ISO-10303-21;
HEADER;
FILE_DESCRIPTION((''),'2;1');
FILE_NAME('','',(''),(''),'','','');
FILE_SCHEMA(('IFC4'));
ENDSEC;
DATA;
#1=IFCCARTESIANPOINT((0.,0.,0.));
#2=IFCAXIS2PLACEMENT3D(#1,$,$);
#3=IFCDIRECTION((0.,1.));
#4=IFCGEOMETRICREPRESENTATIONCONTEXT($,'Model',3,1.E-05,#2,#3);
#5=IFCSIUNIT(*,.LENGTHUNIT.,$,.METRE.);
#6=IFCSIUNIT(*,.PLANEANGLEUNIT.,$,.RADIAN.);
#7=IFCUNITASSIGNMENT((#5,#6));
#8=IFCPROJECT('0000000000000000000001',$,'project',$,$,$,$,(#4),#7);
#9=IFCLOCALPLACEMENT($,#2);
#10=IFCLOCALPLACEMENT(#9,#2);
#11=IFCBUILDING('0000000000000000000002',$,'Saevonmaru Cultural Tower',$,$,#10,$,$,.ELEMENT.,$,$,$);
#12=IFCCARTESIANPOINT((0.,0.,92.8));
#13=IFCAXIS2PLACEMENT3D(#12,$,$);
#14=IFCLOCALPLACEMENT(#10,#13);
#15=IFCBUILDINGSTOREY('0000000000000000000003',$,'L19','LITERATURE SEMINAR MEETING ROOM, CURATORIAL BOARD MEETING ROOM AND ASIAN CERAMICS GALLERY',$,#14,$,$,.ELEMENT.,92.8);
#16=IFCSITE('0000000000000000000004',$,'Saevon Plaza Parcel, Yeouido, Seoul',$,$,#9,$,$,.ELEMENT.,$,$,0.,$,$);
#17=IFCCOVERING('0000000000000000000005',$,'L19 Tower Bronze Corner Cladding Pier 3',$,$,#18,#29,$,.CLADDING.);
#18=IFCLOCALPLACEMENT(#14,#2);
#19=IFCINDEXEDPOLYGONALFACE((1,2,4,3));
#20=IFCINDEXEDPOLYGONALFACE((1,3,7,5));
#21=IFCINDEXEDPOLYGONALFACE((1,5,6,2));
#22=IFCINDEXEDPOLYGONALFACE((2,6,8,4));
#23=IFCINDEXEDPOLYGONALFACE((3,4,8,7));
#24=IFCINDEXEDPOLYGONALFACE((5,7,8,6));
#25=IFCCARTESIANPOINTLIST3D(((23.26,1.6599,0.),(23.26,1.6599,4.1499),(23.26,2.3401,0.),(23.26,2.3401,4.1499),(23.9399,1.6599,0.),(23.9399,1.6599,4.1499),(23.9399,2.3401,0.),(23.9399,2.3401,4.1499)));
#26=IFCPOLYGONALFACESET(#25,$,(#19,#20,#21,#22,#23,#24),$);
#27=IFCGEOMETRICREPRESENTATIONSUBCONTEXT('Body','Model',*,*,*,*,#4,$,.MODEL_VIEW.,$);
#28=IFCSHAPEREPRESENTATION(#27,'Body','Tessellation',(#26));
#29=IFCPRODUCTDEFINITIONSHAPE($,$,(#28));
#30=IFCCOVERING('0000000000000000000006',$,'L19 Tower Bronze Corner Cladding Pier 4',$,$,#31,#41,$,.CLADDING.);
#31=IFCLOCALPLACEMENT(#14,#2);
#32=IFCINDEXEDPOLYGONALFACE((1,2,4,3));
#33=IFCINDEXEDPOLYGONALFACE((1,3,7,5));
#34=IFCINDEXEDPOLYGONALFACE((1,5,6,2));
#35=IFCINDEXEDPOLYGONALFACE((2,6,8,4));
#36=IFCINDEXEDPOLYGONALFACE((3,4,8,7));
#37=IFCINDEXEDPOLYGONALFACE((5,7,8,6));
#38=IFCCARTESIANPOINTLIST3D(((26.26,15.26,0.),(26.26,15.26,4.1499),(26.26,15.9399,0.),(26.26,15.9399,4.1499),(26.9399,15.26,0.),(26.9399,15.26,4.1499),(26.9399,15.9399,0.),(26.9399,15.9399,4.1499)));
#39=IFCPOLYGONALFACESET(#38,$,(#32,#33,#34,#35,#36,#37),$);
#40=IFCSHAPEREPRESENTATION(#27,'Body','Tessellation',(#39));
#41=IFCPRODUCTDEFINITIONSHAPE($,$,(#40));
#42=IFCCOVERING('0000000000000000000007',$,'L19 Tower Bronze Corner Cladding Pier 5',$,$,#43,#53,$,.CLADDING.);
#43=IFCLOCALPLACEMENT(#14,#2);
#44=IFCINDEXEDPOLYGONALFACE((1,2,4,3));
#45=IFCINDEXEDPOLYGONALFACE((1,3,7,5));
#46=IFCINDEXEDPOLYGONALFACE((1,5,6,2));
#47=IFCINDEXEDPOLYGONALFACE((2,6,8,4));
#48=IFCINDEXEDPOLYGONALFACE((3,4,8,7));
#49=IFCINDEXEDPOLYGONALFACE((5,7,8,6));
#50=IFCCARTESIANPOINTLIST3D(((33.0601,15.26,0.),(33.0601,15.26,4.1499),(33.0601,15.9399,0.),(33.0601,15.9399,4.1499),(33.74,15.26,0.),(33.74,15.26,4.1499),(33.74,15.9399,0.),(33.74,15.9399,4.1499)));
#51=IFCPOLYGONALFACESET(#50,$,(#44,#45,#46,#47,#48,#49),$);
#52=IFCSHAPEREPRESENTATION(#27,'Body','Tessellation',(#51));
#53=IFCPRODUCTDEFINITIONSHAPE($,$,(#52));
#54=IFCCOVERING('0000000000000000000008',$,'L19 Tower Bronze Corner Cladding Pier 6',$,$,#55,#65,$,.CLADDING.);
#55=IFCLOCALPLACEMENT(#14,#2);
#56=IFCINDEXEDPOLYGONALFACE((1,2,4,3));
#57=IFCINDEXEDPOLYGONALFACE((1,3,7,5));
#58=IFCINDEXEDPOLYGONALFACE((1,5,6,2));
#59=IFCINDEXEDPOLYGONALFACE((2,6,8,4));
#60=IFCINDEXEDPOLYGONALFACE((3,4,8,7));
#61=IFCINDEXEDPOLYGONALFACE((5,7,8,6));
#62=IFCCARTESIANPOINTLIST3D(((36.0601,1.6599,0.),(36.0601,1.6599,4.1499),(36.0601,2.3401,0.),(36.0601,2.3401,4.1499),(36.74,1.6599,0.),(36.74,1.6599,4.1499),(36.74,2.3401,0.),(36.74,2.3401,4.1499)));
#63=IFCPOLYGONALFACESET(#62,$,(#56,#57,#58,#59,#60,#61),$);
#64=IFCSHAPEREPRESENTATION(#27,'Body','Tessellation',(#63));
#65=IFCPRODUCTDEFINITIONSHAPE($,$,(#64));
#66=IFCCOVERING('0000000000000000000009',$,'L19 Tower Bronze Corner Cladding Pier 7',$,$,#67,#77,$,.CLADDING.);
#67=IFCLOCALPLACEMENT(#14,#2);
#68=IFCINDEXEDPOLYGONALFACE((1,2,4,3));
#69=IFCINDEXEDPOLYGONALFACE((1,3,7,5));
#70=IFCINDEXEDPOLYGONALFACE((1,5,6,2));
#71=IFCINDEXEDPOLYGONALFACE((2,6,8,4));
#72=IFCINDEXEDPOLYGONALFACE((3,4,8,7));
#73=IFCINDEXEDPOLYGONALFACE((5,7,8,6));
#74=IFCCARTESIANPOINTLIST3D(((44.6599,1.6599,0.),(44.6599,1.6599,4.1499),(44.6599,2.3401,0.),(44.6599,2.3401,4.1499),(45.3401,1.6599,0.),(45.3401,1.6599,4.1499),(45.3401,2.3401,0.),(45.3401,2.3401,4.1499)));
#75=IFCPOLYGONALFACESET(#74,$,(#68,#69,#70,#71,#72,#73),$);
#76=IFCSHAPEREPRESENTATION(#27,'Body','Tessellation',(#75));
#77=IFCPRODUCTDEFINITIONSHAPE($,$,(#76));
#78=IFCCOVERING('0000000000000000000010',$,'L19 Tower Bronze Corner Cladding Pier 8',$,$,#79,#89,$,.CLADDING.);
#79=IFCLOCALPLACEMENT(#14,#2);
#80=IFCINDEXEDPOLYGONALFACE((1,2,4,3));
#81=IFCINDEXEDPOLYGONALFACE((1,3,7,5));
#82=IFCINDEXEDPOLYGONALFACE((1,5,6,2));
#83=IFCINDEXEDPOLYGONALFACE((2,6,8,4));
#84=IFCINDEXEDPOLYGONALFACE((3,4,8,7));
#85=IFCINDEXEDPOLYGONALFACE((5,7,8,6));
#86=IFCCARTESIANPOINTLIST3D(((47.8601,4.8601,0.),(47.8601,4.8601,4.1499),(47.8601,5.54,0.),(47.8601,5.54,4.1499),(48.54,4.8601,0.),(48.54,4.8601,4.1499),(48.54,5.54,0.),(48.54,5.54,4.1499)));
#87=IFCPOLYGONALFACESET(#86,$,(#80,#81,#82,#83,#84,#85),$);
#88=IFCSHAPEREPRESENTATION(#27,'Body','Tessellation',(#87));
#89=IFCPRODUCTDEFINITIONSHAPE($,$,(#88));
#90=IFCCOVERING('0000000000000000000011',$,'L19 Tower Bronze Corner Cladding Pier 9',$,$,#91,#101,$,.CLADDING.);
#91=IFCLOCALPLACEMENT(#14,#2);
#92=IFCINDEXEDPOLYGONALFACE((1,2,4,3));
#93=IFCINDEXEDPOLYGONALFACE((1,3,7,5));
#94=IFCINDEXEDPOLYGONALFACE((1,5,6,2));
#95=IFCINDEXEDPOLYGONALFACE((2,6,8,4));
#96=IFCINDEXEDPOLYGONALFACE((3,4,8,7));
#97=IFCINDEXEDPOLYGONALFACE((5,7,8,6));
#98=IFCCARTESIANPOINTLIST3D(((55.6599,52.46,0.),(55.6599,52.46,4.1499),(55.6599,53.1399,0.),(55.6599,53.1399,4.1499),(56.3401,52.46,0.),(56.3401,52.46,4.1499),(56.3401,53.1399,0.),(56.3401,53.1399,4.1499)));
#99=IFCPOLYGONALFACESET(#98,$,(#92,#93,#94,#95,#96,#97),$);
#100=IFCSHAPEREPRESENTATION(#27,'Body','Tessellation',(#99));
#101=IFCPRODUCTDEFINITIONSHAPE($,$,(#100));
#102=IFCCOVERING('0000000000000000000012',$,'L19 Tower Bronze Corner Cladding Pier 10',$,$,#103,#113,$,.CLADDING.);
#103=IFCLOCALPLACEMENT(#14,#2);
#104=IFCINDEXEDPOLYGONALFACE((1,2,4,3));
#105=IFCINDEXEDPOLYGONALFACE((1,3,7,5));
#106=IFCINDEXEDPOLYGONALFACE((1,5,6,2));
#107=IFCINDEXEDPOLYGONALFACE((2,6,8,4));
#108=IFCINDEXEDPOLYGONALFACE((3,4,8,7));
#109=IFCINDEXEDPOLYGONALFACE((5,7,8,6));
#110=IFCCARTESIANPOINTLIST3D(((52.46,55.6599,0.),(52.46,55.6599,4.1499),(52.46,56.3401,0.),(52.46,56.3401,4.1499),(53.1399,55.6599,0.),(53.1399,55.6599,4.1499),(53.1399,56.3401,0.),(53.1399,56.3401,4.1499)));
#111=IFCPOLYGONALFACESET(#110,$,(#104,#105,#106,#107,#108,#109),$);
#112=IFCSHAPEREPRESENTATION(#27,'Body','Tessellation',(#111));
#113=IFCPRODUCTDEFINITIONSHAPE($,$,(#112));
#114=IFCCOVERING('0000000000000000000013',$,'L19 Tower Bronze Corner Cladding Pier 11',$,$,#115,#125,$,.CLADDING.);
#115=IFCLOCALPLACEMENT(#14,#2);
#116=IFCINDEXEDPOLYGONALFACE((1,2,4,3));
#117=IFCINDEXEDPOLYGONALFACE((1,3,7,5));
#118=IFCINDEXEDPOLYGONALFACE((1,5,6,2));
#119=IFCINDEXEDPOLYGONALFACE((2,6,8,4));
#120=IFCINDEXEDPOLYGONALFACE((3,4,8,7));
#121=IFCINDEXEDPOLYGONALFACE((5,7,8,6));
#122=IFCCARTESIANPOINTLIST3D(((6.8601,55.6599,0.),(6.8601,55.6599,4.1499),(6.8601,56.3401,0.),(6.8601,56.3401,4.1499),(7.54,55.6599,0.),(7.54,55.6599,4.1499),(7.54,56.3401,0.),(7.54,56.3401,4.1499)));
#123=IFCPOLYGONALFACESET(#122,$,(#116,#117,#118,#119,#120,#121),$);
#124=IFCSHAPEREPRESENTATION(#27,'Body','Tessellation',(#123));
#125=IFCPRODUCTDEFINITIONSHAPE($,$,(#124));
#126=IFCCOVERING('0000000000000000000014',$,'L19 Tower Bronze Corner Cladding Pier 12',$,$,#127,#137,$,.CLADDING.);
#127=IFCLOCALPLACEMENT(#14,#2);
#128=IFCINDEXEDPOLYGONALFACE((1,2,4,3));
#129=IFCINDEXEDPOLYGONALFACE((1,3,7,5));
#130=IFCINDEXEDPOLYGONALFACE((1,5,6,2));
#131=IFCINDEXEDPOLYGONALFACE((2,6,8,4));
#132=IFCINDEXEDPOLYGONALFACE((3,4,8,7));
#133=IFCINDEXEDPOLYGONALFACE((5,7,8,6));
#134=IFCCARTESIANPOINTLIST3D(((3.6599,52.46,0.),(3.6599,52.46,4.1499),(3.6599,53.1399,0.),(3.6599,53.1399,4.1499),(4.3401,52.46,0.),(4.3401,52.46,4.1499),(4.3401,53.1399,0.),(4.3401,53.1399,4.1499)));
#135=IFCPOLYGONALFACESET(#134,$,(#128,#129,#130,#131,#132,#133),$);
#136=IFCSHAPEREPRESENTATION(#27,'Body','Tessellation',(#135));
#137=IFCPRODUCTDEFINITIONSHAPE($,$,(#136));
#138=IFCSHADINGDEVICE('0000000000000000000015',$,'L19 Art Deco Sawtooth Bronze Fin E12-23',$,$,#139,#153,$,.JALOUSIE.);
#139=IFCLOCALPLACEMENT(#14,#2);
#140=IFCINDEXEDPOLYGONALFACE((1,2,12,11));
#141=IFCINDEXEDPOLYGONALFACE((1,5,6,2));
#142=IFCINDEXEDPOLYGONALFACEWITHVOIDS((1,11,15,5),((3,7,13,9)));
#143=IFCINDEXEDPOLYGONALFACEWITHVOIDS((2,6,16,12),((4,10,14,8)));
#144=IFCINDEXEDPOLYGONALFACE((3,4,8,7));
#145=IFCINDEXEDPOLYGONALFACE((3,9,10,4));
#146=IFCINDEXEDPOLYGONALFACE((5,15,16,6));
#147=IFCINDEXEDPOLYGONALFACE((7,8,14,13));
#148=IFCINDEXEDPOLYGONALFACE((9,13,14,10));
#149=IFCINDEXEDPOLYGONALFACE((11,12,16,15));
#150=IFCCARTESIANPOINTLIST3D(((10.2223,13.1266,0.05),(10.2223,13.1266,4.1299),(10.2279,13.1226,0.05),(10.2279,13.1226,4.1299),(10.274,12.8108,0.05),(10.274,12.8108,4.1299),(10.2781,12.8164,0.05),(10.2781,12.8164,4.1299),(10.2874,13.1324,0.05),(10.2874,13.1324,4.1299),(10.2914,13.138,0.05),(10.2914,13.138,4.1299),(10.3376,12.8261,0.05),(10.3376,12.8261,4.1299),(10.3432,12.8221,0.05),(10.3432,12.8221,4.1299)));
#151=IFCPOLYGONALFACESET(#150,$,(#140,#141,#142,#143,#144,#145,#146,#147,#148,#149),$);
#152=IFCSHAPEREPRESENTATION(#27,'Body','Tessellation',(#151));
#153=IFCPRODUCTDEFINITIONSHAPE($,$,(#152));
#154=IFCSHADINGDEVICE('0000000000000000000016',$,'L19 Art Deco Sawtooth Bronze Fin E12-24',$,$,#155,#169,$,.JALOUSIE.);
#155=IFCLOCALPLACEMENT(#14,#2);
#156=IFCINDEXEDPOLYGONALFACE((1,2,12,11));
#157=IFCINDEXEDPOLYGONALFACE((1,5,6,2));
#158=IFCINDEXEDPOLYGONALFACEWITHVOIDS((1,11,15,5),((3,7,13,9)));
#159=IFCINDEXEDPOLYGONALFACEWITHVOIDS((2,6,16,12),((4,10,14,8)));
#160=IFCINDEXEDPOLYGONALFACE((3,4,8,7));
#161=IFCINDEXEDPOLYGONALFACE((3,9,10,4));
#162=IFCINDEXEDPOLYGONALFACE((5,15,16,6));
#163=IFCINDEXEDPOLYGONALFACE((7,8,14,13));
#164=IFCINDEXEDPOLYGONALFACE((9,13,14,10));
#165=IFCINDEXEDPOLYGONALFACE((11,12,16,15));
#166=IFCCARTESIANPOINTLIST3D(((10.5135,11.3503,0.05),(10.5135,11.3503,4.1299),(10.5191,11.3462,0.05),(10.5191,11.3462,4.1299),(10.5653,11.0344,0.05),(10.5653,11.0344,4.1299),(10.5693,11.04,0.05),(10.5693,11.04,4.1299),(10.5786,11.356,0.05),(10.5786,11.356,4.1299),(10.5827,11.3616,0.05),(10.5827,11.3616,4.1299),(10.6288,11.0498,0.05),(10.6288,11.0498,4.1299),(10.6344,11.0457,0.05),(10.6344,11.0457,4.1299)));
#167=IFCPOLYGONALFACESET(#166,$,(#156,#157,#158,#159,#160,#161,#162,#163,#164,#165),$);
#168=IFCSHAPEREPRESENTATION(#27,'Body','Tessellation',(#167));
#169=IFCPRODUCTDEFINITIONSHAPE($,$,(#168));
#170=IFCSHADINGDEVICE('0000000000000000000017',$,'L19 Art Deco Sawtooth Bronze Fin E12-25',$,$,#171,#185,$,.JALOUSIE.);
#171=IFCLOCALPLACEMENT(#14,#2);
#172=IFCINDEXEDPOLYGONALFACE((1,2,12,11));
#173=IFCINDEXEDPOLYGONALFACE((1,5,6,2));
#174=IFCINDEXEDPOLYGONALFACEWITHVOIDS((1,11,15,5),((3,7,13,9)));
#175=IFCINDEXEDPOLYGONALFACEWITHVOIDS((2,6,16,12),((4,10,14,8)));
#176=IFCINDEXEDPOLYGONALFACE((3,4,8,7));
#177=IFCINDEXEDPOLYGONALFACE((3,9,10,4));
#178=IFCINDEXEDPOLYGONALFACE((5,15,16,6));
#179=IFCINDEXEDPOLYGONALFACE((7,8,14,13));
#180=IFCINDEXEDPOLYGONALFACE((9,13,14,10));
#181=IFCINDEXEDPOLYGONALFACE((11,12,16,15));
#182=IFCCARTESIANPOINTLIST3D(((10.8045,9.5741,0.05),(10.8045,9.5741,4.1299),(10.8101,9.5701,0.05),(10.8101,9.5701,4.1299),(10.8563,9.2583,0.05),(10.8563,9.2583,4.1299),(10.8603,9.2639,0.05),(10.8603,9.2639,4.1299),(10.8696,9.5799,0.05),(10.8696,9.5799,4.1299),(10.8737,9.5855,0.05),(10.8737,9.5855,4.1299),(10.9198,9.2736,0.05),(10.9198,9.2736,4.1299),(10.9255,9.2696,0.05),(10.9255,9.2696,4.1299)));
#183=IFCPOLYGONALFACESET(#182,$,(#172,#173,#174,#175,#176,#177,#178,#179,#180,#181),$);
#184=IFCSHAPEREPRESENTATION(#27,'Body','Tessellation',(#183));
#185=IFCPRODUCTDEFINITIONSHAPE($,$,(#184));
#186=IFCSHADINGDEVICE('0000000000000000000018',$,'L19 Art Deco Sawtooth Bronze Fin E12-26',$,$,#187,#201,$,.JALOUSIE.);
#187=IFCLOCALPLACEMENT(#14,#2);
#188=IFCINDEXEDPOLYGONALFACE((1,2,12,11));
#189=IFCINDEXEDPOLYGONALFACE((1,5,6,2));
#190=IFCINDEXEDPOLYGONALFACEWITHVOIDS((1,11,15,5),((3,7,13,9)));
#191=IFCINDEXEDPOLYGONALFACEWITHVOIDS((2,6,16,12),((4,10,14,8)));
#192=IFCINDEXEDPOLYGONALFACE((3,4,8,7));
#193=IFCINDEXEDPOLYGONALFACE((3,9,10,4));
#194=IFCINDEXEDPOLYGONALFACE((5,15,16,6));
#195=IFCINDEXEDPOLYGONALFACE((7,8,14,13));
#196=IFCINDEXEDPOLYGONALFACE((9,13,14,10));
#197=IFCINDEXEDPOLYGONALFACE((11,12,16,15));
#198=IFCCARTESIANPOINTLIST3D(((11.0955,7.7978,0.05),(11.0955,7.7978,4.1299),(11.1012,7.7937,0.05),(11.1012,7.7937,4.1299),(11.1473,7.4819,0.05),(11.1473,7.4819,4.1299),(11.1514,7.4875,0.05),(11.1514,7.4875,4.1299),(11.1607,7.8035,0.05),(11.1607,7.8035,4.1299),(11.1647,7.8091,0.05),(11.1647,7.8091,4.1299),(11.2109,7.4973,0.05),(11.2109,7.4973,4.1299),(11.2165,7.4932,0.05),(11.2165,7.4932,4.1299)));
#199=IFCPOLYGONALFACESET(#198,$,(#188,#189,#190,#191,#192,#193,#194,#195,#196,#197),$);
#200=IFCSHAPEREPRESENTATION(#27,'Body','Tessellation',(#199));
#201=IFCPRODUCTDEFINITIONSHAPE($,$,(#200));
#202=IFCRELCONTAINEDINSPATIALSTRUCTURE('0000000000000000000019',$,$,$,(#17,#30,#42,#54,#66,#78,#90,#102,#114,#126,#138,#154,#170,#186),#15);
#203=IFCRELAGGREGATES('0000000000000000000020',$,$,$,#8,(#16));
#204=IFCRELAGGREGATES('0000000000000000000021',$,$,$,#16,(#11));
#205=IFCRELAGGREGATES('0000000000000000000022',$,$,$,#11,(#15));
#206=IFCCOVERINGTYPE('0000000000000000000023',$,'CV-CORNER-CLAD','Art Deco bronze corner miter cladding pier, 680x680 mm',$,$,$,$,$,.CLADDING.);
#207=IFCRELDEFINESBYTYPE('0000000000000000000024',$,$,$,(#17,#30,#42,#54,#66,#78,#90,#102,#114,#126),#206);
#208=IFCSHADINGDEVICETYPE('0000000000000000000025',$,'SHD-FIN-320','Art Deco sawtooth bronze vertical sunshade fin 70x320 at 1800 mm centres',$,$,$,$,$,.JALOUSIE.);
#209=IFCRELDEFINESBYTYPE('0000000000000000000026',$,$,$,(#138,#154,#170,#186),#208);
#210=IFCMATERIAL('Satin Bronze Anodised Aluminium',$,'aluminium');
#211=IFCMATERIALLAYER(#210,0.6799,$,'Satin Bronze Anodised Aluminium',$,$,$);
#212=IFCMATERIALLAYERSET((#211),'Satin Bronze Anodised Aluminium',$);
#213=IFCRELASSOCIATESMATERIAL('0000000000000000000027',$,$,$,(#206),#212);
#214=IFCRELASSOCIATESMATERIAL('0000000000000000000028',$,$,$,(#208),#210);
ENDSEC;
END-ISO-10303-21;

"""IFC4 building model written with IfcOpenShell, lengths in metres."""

from ifc_helpers import new_model, si_unit, direction, frame, origin, origin_2d, place, context, subcontext, project, spatial, polyline, hollow_rectangle, outline, extrude, material, layer, layer_set, material_profile, profile_set, type_object, element, save


model = new_model("IFC4")

# Units and contexts
model_context = context("Model", 3, precision=1e-05, world=origin(), true_north=direction((0.0, 1.0)))
body_context = subcontext(model_context, "Body", "Model", "MODEL_VIEW")
ifc_project = project(units=[si_unit("LENGTHUNIT", "METRE"), si_unit("PLANEANGLEUNIT", "RADIAN")], contexts=[model_context])

# Site, building, storey
site_placement = place(None, origin())
site = spatial("IfcSite", under=ifc_project, at=site_placement, Name="Saevon Plaza Parcel, Yeouido, Seoul", CompositionType="ELEMENT", RefElevation=0.0)
building_placement = place(site_placement, origin())
building = spatial("IfcBuilding", under=site, at=building_placement, Name="Saevonmaru Cultural Tower", CompositionType="ELEMENT")
storey_placement = place(building_placement, frame((0.0, 0.0, 92.8)))
storey = spatial("IfcBuildingStorey", under=building, at=storey_placement, Name="L19", Description="LITERATURE SEMINAR MEETING ROOM, CURATORIAL BOARD MEETING ROOM AND ASIAN CERAMICS GALLERY", CompositionType="ELEMENT", Elevation=92.8)

# Shared definitions
ifc_material_1 = material(Name="Satin Bronze Anodised Aluminium", Category="aluminium")

# Coverings
ifc_layer_1 = layer(ifc_material_1, 0.6799, Name="Satin Bronze Anodised Aluminium")
ifc_layer_set_1 = layer_set([ifc_layer_1], Name="Satin Bronze Anodised Aluminium")
covering_type = type_object("IfcCoveringType", Name="CV-CORNER-CLAD", Description="Art Deco bronze corner miter cladding pier, 680x680 mm", PredefinedType="CLADDING", material=ifc_layer_set_1)
covering_1_placement = place(storey_placement, origin())
element("IfcCovering", 1, at=covering_1_placement, inside=storey, type_object=covering_type, Name="L19 Tower Bronze Corner Cladding Pier 3", PredefinedType="CLADDING", context=body_context, shape_type="SweptSolid", body=[
    extrude(outline(polyline([(23.26, 1.6599), (23.9399, 1.6599), (23.9399, 2.3401), (23.26, 2.3401), (23.26, 1.6599)])), origin(), (0.0, 0.0, 1.0), 4.1499),
])
covering_2_placement = place(storey_placement, origin())
element("IfcCovering", 2, at=covering_2_placement, inside=storey, type_object=covering_type, Name="L19 Tower Bronze Corner Cladding Pier 4", PredefinedType="CLADDING", context=body_context, shape_type="SweptSolid", body=[
    extrude(outline(polyline([(26.26, 15.26), (26.9399, 15.26), (26.9399, 15.9399), (26.26, 15.9399), (26.26, 15.26)])), origin(), (0.0, 0.0, 1.0), 4.1499),
])
covering_3_placement = place(storey_placement, origin())
element("IfcCovering", 3, at=covering_3_placement, inside=storey, type_object=covering_type, Name="L19 Tower Bronze Corner Cladding Pier 5", PredefinedType="CLADDING", context=body_context, shape_type="SweptSolid", body=[
    extrude(outline(polyline([(33.0601, 15.26), (33.74, 15.26), (33.74, 15.9399), (33.0601, 15.9399), (33.0601, 15.26)])), origin(), (0.0, 0.0, 1.0), 4.1499),
])
covering_4_placement = place(storey_placement, origin())
element("IfcCovering", 4, at=covering_4_placement, inside=storey, type_object=covering_type, Name="L19 Tower Bronze Corner Cladding Pier 6", PredefinedType="CLADDING", context=body_context, shape_type="SweptSolid", body=[
    extrude(outline(polyline([(36.0601, 1.6599), (36.74, 1.6599), (36.74, 2.3401), (36.0601, 2.3401), (36.0601, 1.6599)])), origin(), (0.0, 0.0, 1.0), 4.1499),
])
covering_5_placement = place(storey_placement, origin())
element("IfcCovering", 5, at=covering_5_placement, inside=storey, type_object=covering_type, Name="L19 Tower Bronze Corner Cladding Pier 7", PredefinedType="CLADDING", context=body_context, shape_type="SweptSolid", body=[
    extrude(outline(polyline([(44.6599, 1.6599), (45.3401, 1.6599), (45.3401, 2.3401), (44.6599, 2.3401), (44.6599, 1.6599)])), origin(), (0.0, 0.0, 1.0), 4.1499),
])
covering_6_placement = place(storey_placement, origin())
element("IfcCovering", 6, at=covering_6_placement, inside=storey, type_object=covering_type, Name="L19 Tower Bronze Corner Cladding Pier 8", PredefinedType="CLADDING", context=body_context, shape_type="SweptSolid", body=[
    extrude(outline(polyline([(47.8601, 4.8601), (48.54, 4.8601), (48.54, 5.54), (47.8601, 5.54), (47.8601, 4.8601)])), origin(), (0.0, 0.0, 1.0), 4.1499),
])
covering_7_placement = place(storey_placement, origin())
element("IfcCovering", 7, at=covering_7_placement, inside=storey, type_object=covering_type, Name="L19 Tower Bronze Corner Cladding Pier 9", PredefinedType="CLADDING", context=body_context, shape_type="SweptSolid", body=[
    extrude(outline(polyline([(55.6599, 52.46), (56.3401, 52.46), (56.3401, 53.1399), (55.6599, 53.1399), (55.6599, 52.46)])), origin(), (0.0, 0.0, 1.0), 4.1499),
])
covering_8_placement = place(storey_placement, origin())
element("IfcCovering", 8, at=covering_8_placement, inside=storey, type_object=covering_type, Name="L19 Tower Bronze Corner Cladding Pier 10", PredefinedType="CLADDING", context=body_context, shape_type="SweptSolid", body=[
    extrude(outline(polyline([(52.46, 55.6599), (53.1399, 55.6599), (53.1399, 56.3401), (52.46, 56.3401), (52.46, 55.6599)])), origin(), (0.0, 0.0, 1.0), 4.1499),
])
covering_9_placement = place(storey_placement, origin())
element("IfcCovering", 9, at=covering_9_placement, inside=storey, type_object=covering_type, Name="L19 Tower Bronze Corner Cladding Pier 11", PredefinedType="CLADDING", context=body_context, shape_type="SweptSolid", body=[
    extrude(outline(polyline([(6.8601, 55.6599), (7.54, 55.6599), (7.54, 56.3401), (6.8601, 56.3401), (6.8601, 55.6599)])), origin(), (0.0, 0.0, 1.0), 4.1499),
])
covering_10_placement = place(storey_placement, origin())
element("IfcCovering", 10, at=covering_10_placement, inside=storey, type_object=covering_type, Name="L19 Tower Bronze Corner Cladding Pier 12", PredefinedType="CLADDING", context=body_context, shape_type="SweptSolid", body=[
    extrude(outline(polyline([(3.6599, 52.46), (4.3401, 52.46), (4.3401, 53.1399), (3.6599, 53.1399), (3.6599, 52.46)])), origin(), (0.0, 0.0, 1.0), 4.1499),
])

# Shading devices
ifc_material_profile_1 = material_profile(ifc_material_1, hollow_rectangle(XDim=0.0701, YDim=0.3201, WallThickness=0.0049, at=origin_2d()), Name="FIN-320x70")
ifc_profile_set_1 = profile_set([ifc_material_profile_1], Name="Satin Bronze Anodised Aluminium")
shading_device_type = type_object("IfcShadingDeviceType", Name="SHD-FIN-320", Description="Art Deco sawtooth bronze vertical sunshade fin 70x320 at 1800 mm centres", PredefinedType="JALOUSIE", material=ifc_profile_set_1)
for number, where, z_axis, x_axis, name in (
    (11, (10.2827, 12.9744, 0.05), (0.0, 0.0, 1.0), (-0.986827, -0.161776, 0.0), "L19 Art Deco Sawtooth Bronze Fin E12-23"),
    (12, (10.574, 11.198, 0.05), (0.0, 0.0, 1.0), (-0.986827, -0.161776, 0.0), "L19 Art Deco Sawtooth Bronze Fin E12-24"),
    (13, (10.865, 9.4219, 0.05), (0.0, 0.0, 1.0), (-0.986827, -0.161776, 0.0), "L19 Art Deco Sawtooth Bronze Fin E12-25"),
    (14, (11.156, 7.6455, 0.05), (0.0, 0.0, 1.0), (-0.986827, -0.161776, 0.0), "L19 Art Deco Sawtooth Bronze Fin E12-26"),
):
    element("IfcShadingDevice", number, at=place(storey_placement, frame(where, z_axis=z_axis, x_axis=x_axis)), inside=storey, type_object=shading_device_type, Name=name, PredefinedType="JALOUSIE", context=body_context, shape_type="SweptSolid", body=[
        extrude(hollow_rectangle(XDim=0.0701, YDim=0.3201, WallThickness=0.0049, at=origin_2d()), origin(), (0.0, 0.0, 1.0), 4.0798),
    ])

save(model, "model.ifc")
